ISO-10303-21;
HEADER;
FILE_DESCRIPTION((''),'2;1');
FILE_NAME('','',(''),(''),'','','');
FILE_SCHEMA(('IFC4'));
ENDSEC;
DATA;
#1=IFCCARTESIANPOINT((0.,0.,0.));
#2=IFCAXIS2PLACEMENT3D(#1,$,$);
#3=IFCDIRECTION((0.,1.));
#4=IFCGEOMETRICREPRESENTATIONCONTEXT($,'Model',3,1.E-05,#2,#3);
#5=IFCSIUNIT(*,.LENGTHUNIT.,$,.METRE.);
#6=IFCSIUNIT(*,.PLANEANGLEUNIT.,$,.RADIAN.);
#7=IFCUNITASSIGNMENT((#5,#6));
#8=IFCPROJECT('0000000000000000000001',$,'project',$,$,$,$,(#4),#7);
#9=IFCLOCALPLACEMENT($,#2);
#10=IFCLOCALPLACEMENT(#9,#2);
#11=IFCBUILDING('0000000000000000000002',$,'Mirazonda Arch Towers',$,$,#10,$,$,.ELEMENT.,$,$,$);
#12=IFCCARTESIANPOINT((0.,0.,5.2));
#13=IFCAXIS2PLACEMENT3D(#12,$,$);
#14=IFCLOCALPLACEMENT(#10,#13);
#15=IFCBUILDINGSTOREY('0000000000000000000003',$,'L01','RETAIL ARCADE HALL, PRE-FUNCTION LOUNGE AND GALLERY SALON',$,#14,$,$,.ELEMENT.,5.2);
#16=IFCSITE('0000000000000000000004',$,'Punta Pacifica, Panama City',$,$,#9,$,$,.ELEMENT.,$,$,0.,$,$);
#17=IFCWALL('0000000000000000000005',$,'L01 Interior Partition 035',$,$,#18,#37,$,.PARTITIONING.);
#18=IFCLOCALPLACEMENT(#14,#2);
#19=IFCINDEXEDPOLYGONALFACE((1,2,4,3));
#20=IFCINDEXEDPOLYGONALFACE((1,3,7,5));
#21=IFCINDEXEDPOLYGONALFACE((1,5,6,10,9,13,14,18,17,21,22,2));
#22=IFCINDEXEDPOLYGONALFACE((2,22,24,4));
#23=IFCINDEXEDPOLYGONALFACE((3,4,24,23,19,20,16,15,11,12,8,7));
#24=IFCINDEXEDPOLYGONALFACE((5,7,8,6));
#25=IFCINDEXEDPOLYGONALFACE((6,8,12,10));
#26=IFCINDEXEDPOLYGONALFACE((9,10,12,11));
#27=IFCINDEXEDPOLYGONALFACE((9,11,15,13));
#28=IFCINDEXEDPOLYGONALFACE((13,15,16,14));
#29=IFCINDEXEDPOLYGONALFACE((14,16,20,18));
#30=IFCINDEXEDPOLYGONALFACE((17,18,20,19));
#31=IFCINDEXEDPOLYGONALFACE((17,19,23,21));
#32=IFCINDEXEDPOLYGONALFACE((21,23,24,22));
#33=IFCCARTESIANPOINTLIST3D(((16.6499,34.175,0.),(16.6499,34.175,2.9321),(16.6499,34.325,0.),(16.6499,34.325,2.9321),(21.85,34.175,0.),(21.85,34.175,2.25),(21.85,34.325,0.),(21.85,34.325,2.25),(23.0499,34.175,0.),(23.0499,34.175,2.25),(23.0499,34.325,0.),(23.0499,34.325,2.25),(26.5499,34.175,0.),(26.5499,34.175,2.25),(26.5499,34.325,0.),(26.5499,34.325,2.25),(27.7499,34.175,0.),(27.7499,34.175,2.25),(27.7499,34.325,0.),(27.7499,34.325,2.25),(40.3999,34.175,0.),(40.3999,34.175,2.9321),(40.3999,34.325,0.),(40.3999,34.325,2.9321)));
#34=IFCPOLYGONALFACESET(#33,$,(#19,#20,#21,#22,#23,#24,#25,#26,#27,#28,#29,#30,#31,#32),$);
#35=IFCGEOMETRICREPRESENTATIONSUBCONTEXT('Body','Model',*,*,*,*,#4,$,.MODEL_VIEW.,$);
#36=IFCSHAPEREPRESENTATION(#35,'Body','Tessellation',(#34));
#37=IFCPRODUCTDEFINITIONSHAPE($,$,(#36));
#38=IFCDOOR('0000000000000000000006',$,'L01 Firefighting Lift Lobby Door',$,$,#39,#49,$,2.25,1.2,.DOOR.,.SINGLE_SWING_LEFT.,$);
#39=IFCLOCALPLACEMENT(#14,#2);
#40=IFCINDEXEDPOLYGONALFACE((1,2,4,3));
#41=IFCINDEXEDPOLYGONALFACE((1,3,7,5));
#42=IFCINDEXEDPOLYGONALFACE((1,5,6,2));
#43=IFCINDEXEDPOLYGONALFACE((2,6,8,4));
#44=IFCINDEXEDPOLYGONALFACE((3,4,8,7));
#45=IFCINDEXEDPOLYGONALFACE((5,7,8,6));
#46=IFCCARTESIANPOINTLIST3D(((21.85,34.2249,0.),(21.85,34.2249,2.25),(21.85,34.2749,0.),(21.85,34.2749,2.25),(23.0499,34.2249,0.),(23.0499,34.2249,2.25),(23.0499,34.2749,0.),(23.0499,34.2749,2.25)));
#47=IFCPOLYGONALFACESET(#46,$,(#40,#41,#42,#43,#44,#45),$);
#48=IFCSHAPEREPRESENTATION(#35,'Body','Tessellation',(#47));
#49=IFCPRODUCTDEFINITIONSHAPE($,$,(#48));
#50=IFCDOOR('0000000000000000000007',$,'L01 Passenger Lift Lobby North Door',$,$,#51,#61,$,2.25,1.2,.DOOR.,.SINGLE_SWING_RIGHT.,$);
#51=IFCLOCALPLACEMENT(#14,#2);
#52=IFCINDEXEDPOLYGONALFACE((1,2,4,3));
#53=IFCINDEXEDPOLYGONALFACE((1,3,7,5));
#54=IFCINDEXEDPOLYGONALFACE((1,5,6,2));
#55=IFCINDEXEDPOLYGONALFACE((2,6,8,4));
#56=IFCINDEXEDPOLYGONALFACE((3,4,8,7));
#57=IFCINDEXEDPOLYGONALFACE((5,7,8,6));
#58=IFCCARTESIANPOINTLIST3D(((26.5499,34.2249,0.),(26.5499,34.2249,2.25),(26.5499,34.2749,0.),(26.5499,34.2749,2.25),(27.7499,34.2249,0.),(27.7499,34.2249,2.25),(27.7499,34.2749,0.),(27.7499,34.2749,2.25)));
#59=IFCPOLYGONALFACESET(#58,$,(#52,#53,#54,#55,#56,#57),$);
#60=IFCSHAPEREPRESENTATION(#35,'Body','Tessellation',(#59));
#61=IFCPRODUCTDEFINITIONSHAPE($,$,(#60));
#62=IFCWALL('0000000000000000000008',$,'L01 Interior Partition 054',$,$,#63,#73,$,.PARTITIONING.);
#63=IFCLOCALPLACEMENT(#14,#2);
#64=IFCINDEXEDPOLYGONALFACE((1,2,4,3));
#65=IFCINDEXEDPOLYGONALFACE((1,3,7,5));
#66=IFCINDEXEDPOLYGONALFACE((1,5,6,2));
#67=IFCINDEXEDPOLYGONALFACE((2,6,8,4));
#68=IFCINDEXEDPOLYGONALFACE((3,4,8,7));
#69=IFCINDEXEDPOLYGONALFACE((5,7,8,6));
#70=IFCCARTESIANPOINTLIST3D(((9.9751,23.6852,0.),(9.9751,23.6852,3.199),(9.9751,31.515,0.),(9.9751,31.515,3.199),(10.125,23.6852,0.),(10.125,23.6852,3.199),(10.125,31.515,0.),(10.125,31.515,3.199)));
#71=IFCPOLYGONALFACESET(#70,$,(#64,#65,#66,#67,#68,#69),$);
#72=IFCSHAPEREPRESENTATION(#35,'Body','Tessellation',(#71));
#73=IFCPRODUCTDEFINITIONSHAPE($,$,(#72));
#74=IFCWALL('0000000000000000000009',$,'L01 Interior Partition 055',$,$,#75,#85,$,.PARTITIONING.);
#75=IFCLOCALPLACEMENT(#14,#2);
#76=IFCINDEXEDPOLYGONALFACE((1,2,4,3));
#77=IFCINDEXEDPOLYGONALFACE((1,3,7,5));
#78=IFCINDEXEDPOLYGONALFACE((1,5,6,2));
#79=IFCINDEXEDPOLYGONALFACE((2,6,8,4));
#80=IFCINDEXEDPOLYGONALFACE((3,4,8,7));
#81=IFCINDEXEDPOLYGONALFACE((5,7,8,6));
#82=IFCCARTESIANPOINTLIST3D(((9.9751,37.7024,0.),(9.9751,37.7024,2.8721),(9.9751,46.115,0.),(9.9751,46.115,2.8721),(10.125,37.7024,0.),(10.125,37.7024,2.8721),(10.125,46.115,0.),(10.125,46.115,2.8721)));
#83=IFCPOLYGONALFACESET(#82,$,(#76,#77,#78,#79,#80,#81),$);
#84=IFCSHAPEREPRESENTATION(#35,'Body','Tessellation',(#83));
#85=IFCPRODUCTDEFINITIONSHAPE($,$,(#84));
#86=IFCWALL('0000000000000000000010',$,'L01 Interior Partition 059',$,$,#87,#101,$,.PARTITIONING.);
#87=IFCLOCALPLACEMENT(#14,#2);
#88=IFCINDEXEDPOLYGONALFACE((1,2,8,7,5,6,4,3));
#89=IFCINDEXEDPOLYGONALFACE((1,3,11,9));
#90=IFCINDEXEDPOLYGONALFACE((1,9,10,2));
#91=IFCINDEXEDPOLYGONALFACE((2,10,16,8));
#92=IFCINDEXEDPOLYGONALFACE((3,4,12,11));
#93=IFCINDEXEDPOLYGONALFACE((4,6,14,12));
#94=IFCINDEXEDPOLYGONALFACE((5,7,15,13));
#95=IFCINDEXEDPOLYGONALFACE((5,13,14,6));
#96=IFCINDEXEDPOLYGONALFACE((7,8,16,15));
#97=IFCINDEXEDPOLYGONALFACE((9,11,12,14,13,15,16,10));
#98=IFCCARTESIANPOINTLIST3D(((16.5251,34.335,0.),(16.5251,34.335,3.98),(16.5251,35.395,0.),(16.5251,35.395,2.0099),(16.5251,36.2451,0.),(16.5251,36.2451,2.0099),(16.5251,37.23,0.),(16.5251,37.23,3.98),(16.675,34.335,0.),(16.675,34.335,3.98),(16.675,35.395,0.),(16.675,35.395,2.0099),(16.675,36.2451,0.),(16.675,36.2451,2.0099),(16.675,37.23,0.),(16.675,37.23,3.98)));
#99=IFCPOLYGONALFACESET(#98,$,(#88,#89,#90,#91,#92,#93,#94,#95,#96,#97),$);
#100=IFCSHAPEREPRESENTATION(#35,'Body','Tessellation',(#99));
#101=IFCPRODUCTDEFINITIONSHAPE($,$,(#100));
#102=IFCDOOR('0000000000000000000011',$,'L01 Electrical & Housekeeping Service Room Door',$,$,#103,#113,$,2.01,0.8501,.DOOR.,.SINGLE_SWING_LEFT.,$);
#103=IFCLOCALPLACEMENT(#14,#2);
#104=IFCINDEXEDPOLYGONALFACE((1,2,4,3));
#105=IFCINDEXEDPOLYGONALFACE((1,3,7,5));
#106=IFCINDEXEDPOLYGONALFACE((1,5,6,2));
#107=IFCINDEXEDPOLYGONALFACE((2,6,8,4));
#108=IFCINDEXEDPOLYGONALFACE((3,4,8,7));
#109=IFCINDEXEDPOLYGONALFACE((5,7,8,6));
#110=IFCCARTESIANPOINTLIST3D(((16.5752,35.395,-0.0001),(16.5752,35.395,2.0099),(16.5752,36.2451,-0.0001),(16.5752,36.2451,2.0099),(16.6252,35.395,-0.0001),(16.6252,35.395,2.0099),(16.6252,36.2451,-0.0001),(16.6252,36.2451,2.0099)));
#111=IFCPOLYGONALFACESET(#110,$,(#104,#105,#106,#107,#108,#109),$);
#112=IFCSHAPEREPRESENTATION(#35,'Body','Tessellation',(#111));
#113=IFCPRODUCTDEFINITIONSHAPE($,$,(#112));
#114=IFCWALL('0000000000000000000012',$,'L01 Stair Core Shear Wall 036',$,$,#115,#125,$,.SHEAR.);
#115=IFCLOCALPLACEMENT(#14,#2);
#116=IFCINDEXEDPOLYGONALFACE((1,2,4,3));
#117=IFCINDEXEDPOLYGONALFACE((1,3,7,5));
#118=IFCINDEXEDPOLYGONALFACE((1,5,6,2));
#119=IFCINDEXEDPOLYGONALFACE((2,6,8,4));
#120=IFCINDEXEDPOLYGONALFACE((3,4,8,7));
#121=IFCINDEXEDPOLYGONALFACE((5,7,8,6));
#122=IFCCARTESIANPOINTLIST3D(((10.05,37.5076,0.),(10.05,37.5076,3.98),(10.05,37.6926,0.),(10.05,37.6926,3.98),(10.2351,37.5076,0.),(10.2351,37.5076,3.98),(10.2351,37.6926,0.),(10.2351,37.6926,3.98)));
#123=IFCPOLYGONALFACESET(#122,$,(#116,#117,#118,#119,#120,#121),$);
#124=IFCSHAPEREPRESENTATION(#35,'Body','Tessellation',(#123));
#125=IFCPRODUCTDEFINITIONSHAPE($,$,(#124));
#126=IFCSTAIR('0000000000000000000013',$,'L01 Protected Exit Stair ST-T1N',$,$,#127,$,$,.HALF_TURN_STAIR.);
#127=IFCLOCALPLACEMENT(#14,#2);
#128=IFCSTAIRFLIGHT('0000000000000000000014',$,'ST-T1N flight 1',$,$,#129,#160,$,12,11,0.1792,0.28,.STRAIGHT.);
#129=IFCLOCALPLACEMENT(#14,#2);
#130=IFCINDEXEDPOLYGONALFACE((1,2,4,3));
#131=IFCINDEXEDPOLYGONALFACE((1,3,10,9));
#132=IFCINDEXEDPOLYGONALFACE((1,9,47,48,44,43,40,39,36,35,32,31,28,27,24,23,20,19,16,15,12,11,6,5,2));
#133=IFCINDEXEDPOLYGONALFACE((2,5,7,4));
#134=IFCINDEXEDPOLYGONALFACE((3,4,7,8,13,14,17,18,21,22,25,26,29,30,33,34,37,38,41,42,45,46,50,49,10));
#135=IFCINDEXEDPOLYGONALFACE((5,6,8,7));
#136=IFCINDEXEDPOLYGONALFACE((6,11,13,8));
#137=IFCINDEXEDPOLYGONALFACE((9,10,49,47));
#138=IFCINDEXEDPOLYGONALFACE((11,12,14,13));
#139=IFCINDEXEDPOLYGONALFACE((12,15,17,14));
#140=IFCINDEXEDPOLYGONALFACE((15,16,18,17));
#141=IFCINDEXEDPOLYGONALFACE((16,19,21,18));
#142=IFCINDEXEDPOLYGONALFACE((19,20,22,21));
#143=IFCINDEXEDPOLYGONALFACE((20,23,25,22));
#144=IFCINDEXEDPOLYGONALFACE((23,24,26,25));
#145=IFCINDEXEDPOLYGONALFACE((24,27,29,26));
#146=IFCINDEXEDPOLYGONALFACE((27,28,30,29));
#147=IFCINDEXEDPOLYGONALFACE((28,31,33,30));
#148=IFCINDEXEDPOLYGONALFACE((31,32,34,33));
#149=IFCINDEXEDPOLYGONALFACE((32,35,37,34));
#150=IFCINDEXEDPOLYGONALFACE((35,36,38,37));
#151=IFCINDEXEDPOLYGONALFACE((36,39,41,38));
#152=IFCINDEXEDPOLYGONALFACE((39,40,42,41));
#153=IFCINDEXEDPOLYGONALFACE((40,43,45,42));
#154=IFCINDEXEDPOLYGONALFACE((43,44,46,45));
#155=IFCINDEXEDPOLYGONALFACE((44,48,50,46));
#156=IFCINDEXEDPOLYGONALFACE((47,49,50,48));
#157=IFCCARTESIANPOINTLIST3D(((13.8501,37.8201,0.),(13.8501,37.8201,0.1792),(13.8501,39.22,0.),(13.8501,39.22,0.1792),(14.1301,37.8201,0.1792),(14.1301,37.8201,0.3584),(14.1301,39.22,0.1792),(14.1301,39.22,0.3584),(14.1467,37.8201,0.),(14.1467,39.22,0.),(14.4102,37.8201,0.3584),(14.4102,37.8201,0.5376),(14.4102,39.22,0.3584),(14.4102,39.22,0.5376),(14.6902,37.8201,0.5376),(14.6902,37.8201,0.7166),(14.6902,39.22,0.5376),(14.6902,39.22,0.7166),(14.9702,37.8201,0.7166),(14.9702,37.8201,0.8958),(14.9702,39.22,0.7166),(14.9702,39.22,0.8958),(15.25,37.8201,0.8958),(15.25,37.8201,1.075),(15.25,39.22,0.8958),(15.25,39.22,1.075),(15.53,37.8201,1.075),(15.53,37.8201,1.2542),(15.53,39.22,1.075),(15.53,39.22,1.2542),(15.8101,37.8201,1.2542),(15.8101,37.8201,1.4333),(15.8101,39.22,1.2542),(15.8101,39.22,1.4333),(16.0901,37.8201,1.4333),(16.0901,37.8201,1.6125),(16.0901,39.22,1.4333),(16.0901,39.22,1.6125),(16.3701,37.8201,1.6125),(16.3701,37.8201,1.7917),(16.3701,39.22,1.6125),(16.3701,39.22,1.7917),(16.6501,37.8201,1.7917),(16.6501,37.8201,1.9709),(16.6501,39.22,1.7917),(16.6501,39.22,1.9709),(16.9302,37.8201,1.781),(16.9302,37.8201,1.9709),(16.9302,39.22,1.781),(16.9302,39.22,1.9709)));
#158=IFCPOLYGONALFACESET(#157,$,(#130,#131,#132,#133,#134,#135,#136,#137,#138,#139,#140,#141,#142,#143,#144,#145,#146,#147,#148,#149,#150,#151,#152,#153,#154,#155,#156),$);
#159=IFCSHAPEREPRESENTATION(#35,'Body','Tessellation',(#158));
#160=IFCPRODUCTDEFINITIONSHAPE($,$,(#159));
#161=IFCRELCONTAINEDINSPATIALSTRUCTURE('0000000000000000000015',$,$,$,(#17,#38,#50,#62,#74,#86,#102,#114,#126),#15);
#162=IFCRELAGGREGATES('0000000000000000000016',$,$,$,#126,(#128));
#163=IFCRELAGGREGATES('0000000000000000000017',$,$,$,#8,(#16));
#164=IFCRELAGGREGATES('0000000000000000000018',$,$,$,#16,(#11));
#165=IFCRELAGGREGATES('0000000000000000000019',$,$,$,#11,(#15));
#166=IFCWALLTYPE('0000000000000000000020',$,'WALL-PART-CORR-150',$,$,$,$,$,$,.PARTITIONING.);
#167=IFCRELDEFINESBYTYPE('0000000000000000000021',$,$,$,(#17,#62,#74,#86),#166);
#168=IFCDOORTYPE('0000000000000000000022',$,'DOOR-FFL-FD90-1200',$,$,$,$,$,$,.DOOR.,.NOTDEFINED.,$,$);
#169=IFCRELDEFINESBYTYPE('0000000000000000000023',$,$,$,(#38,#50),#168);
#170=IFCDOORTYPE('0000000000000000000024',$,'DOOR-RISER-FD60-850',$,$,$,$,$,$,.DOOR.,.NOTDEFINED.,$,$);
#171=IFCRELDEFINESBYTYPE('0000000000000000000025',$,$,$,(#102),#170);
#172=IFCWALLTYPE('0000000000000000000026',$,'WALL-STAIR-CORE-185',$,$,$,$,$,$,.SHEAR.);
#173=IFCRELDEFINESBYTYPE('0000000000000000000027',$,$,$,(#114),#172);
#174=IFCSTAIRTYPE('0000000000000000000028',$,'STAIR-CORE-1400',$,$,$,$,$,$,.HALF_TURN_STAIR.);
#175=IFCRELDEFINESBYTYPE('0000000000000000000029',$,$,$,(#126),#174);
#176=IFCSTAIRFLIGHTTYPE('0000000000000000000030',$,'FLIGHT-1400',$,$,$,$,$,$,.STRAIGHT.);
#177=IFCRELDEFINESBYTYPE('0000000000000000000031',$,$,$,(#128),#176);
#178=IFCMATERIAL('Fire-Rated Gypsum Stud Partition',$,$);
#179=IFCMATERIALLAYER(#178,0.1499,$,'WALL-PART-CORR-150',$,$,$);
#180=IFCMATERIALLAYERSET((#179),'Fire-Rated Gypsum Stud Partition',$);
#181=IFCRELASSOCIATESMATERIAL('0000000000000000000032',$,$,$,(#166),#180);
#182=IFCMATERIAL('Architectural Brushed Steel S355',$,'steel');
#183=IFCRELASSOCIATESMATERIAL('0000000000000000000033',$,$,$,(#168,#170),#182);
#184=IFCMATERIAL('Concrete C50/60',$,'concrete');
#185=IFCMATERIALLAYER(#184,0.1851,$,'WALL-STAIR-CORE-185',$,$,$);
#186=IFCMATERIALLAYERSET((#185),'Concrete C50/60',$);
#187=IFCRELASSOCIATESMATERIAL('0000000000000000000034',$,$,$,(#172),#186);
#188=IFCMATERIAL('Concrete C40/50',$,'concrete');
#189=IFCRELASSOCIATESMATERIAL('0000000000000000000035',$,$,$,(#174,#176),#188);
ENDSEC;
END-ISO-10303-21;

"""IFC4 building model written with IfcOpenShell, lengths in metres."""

from ifc_helpers import new_model, si_unit, direction, frame, frame_2d, origin, place, context, subcontext, project, spatial, polyline, rectangle, outline, extrude, material, layer, layer_set, type_object, element, fill, aggregate, save


model = new_model("IFC4")

# Units and contexts
model_context = context("Model", 3, precision=1e-05, world=origin(), true_north=direction((0.0, 1.0)))
body_context = subcontext(model_context, "Body", "Model", "MODEL_VIEW")
ifc_project = project(units=[si_unit("LENGTHUNIT", "METRE"), si_unit("PLANEANGLEUNIT", "RADIAN")], contexts=[model_context])

# Site, building, storey
site_placement = place(None, origin())
site = spatial("IfcSite", under=ifc_project, at=site_placement, Name="Punta Pacifica, Panama City", CompositionType="ELEMENT", RefElevation=0.0)
building_placement = place(site_placement, origin())
building = spatial("IfcBuilding", under=site, at=building_placement, Name="Mirazonda Arch Towers", CompositionType="ELEMENT")
storey_placement = place(building_placement, frame((0.0, 0.0, 5.2)))
storey = spatial("IfcBuildingStorey", under=building, at=storey_placement, Name="L01", Description="RETAIL ARCADE HALL, PRE-FUNCTION LOUNGE AND GALLERY SALON", CompositionType="ELEMENT", Elevation=5.2)

# Shared definitions
ifc_material_1 = material(Name="Architectural Brushed Steel S355", Category="steel")

# Shared definitions
ifc_material_2 = material(Name="Fire-Rated Gypsum Stud Partition")
ifc_layer_1 = layer(ifc_material_2, 0.1499, Name="WALL-PART-CORR-150")
ifc_layer_set_1 = layer_set([ifc_layer_1], Name="Fire-Rated Gypsum Stud Partition")
wall_type_1 = type_object("IfcWallType", Name="WALL-PART-CORR-150", PredefinedType="PARTITIONING", material=ifc_layer_set_1)

# Wall, openings, doors
wall_1_placement = place(storey_placement, frame((16.6499, 34.25, 0.0), z_axis=(0.0, 0.0, 1.0), x_axis=(1.0, 0.0, 0.0)))
wall_1 = element("IfcWall", 1, at=wall_1_placement, inside=storey, type_object=wall_type_1, Name="L01 Interior Partition 035", PredefinedType="PARTITIONING", context=body_context, shape_type="SweptSolid", body=[
    extrude(rectangle(XDim=23.75, YDim=0.1499, at=frame_2d((11.875, 0.0))), origin(), (0.0, 0.0, 1.0), 2.9321),
])
opening_1_placement = place(wall_1_placement, frame((5.2, 0.0, 0.0)))
opening_1 = element("IfcOpeningElement", 2, at=opening_1_placement, cuts=wall_1, PredefinedType="OPENING", context=body_context, shape_type="SweptSolid", body=[
    extrude(rectangle(XDim=1.2, YDim=2.25, at=frame_2d((0.6001, 1.125))), frame((0.0, 0.085, 0.0), z_axis=(0.0, -1.0, 0.0), x_axis=(1.0, 0.0, 0.0)), (0.0, 0.0, 1.0), 0.1699),
])
opening_2_placement = place(wall_1_placement, frame((9.8999, 0.0, 0.0)))
opening_2 = element("IfcOpeningElement", 3, at=opening_2_placement, cuts=wall_1, PredefinedType="OPENING", context=body_context, shape_type="SweptSolid", body=[
    extrude(rectangle(XDim=1.2, YDim=2.25, at=frame_2d((0.6001, 1.125))), frame((0.0, 0.085, 0.0), z_axis=(0.0, -1.0, 0.0), x_axis=(1.0, 0.0, 0.0)), (0.0, 0.0, 1.0), 0.1699),
])
door_type_1 = type_object("IfcDoorType", Name="DOOR-FFL-FD90-1200", OperationType="NOTDEFINED", PredefinedType="DOOR", material=ifc_material_1)
door_1_placement = place(opening_1_placement, origin())
door_1 = element("IfcDoor", 4, at=door_1_placement, inside=storey, type_object=door_type_1, Name="L01 Firefighting Lift Lobby Door", OperationType="SINGLE_SWING_LEFT", OverallHeight=2.25, OverallWidth=1.2, PredefinedType="DOOR", context=body_context, shape_type="SweptSolid", body=[
    extrude(rectangle(XDim=1.2, YDim=2.25, at=frame_2d((0.6001, 1.125))), frame((0.0, 0.0249, 0.0), z_axis=(0.0, -1.0, 0.0), x_axis=(1.0, 0.0, 0.0)), (0.0, 0.0, 1.0), 0.05),
])
fill(opening_1, door_1)
door_2_placement = place(opening_2_placement, origin())
door_2 = element("IfcDoor", 5, at=door_2_placement, inside=storey, type_object=door_type_1, Name="L01 Passenger Lift Lobby North Door", OperationType="SINGLE_SWING_RIGHT", OverallHeight=2.25, OverallWidth=1.2, PredefinedType="DOOR", context=body_context, shape_type="SweptSolid", body=[
    extrude(rectangle(XDim=1.2, YDim=2.25, at=frame_2d((0.6001, 1.125))), frame((0.0, 0.0249, 0.0), z_axis=(0.0, -1.0, 0.0), x_axis=(1.0, 0.0, 0.0)), (0.0, 0.0, 1.0), 0.05),
])
fill(opening_2, door_2)

# Walls
wall_2_placement = place(storey_placement, frame((10.05, 23.6851, 0.0), z_axis=(0.0, 0.0, 1.0), x_axis=(0.0, 1.0, 0.0)))
element("IfcWall", 6, at=wall_2_placement, inside=storey, type_object=wall_type_1, Name="L01 Interior Partition 054", PredefinedType="PARTITIONING", context=body_context, shape_type="SweptSolid", body=[
    extrude(rectangle(XDim=7.8298, YDim=0.1499, at=frame_2d((3.915, 0.0))), origin(), (0.0, 0.0, 1.0), 3.199),
])
wall_3_placement = place(storey_placement, frame((10.05, 37.7024, 0.0), z_axis=(0.0, 0.0, 1.0), x_axis=(0.0, 1.0, 0.0)))
element("IfcWall", 7, at=wall_3_placement, inside=storey, type_object=wall_type_1, Name="L01 Interior Partition 055", PredefinedType="PARTITIONING", context=body_context, shape_type="SweptSolid", body=[
    extrude(rectangle(XDim=8.4126, YDim=0.1499, at=frame_2d((4.2063, 0.0))), origin(), (0.0, 0.0, 1.0), 2.8721),
])

# Wall, opening, door
wall_4_placement = place(storey_placement, frame((16.6001, 34.335, 0.0), z_axis=(0.0, 0.0, 1.0), x_axis=(0.0, 1.0, 0.0)))
wall_4 = element("IfcWall", 8, at=wall_4_placement, inside=storey, type_object=wall_type_1, Name="L01 Interior Partition 059", PredefinedType="PARTITIONING", context=body_context, shape_type="SweptSolid", body=[
    extrude(rectangle(XDim=2.895, YDim=0.1499, at=frame_2d((1.4475, 0.0))), origin(), (0.0, 0.0, 1.0), 3.98),
])
opening_3_placement = place(wall_4_placement, frame((1.0601, 0.0, 0.0)))
opening_3 = element("IfcOpeningElement", 9, at=opening_3_placement, cuts=wall_4, PredefinedType="OPENING", context=body_context, shape_type="SweptSolid", body=[
    extrude(rectangle(XDim=0.8501, YDim=2.01, at=frame_2d((0.425, 1.0049))), frame((0.0, 0.085, 0.0), z_axis=(0.0, -1.0, 0.0), x_axis=(1.0, 0.0, 0.0)), (0.0, 0.0, 1.0), 0.1699),
])
door_type_2 = type_object("IfcDoorType", Name="DOOR-RISER-FD60-850", OperationType="NOTDEFINED", PredefinedType="DOOR", material=ifc_material_1)
door_3_placement = place(opening_3_placement, origin())
door_3 = element("IfcDoor", 10, at=door_3_placement, inside=storey, type_object=door_type_2, Name="L01 Electrical & Housekeeping Service Room Door", OperationType="SINGLE_SWING_LEFT", OverallHeight=2.01, OverallWidth=0.8501, PredefinedType="DOOR", context=body_context, shape_type="SweptSolid", body=[
    extrude(rectangle(XDim=0.8501, YDim=2.01, at=frame_2d((0.425, 1.0049))), frame((0.0, 0.0249, 0.0), z_axis=(0.0, -1.0, 0.0), x_axis=(1.0, 0.0, 0.0)), (0.0, 0.0, 1.0), 0.05),
])
fill(opening_3, door_3)

# Wall
ifc_material_3 = material(Name="Concrete C50/60", Category="concrete")
ifc_layer_2 = layer(ifc_material_3, 0.1851, Name="WALL-STAIR-CORE-185")
ifc_layer_set_2 = layer_set([ifc_layer_2], Name="Concrete C50/60")
wall_type_2 = type_object("IfcWallType", Name="WALL-STAIR-CORE-185", PredefinedType="SHEAR", material=ifc_layer_set_2)
wall_5_placement = place(storey_placement, frame((10.05, 37.6001, 0.0), z_axis=(0.0, 0.0, 1.0), x_axis=(1.0, 0.0, 0.0)))
element("IfcWall", 11, at=wall_5_placement, inside=storey, type_object=wall_type_2, Name="L01 Stair Core Shear Wall 036", PredefinedType="SHEAR", context=body_context, shape_type="SweptSolid", body=[
    extrude(rectangle(XDim=0.1851, YDim=0.1851, at=frame_2d((0.0925, 0.0))), origin(), (0.0, 0.0, 1.0), 3.98),
])

# Stair, stair flight
ifc_material_4 = material(Name="Concrete C40/50", Category="concrete")
stair_type = type_object("IfcStairType", Name="STAIR-CORE-1400", PredefinedType="HALF_TURN_STAIR", material=ifc_material_4)
stair_placement = place(storey_placement, origin())
stair = element("IfcStair", 12, at=stair_placement, inside=storey, type_object=stair_type, Name="L01 Protected Exit Stair ST-T1N", PredefinedType="HALF_TURN_STAIR")
stair_flight_type = type_object("IfcStairFlightType", Name="FLIGHT-1400", PredefinedType="STRAIGHT", material=ifc_material_4)
stair_flight_placement = place(storey_placement, frame((13.8501, 38.52, 0.0), z_axis=(0.0, 0.0, 1.0), x_axis=(1.0, 0.0, 0.0)))
stair_flight = element("IfcStairFlight", 13, at=stair_flight_placement, type_object=stair_flight_type, Name="ST-T1N flight 1", NumberOfRisers=12, NumberOfTreads=11, PredefinedType="STRAIGHT", RiserHeight=0.1792, TreadLength=0.28, context=body_context, shape_type="SweptSolid", body=[
    extrude(outline(polyline([(0.0, 0.0), (0.0, 0.1792), (0.28, 0.1792), (0.28, 0.3584), (0.5601, 0.3584), (0.5601, 0.5376), (0.8401, 0.5376), (0.8401, 0.7166), (1.1201, 0.7166), (1.1201, 0.8958), (1.3999, 0.8958), (1.3999, 1.075), (1.6799, 1.075), (1.6799, 1.2542), (1.96, 1.2542), (1.96, 1.4333), (2.24, 1.4333), (2.24, 1.6125), (2.52, 1.6125), (2.52, 1.7917), (2.8, 1.7917), (2.8, 1.9709), (3.0801, 1.9709), (3.0801, 2.1499), (3.0801, 1.781), (0.2966, 0.0), (0.0, 0.0)])), frame((0.0, 0.7, 0.0), z_axis=(0.0, -1.0, 0.0), x_axis=(1.0, 0.0, 0.0)), (0.0, 0.0, 1.0), 1.3999),
])
aggregate(stair, [stair_flight])

save(model, "model.ifc")
